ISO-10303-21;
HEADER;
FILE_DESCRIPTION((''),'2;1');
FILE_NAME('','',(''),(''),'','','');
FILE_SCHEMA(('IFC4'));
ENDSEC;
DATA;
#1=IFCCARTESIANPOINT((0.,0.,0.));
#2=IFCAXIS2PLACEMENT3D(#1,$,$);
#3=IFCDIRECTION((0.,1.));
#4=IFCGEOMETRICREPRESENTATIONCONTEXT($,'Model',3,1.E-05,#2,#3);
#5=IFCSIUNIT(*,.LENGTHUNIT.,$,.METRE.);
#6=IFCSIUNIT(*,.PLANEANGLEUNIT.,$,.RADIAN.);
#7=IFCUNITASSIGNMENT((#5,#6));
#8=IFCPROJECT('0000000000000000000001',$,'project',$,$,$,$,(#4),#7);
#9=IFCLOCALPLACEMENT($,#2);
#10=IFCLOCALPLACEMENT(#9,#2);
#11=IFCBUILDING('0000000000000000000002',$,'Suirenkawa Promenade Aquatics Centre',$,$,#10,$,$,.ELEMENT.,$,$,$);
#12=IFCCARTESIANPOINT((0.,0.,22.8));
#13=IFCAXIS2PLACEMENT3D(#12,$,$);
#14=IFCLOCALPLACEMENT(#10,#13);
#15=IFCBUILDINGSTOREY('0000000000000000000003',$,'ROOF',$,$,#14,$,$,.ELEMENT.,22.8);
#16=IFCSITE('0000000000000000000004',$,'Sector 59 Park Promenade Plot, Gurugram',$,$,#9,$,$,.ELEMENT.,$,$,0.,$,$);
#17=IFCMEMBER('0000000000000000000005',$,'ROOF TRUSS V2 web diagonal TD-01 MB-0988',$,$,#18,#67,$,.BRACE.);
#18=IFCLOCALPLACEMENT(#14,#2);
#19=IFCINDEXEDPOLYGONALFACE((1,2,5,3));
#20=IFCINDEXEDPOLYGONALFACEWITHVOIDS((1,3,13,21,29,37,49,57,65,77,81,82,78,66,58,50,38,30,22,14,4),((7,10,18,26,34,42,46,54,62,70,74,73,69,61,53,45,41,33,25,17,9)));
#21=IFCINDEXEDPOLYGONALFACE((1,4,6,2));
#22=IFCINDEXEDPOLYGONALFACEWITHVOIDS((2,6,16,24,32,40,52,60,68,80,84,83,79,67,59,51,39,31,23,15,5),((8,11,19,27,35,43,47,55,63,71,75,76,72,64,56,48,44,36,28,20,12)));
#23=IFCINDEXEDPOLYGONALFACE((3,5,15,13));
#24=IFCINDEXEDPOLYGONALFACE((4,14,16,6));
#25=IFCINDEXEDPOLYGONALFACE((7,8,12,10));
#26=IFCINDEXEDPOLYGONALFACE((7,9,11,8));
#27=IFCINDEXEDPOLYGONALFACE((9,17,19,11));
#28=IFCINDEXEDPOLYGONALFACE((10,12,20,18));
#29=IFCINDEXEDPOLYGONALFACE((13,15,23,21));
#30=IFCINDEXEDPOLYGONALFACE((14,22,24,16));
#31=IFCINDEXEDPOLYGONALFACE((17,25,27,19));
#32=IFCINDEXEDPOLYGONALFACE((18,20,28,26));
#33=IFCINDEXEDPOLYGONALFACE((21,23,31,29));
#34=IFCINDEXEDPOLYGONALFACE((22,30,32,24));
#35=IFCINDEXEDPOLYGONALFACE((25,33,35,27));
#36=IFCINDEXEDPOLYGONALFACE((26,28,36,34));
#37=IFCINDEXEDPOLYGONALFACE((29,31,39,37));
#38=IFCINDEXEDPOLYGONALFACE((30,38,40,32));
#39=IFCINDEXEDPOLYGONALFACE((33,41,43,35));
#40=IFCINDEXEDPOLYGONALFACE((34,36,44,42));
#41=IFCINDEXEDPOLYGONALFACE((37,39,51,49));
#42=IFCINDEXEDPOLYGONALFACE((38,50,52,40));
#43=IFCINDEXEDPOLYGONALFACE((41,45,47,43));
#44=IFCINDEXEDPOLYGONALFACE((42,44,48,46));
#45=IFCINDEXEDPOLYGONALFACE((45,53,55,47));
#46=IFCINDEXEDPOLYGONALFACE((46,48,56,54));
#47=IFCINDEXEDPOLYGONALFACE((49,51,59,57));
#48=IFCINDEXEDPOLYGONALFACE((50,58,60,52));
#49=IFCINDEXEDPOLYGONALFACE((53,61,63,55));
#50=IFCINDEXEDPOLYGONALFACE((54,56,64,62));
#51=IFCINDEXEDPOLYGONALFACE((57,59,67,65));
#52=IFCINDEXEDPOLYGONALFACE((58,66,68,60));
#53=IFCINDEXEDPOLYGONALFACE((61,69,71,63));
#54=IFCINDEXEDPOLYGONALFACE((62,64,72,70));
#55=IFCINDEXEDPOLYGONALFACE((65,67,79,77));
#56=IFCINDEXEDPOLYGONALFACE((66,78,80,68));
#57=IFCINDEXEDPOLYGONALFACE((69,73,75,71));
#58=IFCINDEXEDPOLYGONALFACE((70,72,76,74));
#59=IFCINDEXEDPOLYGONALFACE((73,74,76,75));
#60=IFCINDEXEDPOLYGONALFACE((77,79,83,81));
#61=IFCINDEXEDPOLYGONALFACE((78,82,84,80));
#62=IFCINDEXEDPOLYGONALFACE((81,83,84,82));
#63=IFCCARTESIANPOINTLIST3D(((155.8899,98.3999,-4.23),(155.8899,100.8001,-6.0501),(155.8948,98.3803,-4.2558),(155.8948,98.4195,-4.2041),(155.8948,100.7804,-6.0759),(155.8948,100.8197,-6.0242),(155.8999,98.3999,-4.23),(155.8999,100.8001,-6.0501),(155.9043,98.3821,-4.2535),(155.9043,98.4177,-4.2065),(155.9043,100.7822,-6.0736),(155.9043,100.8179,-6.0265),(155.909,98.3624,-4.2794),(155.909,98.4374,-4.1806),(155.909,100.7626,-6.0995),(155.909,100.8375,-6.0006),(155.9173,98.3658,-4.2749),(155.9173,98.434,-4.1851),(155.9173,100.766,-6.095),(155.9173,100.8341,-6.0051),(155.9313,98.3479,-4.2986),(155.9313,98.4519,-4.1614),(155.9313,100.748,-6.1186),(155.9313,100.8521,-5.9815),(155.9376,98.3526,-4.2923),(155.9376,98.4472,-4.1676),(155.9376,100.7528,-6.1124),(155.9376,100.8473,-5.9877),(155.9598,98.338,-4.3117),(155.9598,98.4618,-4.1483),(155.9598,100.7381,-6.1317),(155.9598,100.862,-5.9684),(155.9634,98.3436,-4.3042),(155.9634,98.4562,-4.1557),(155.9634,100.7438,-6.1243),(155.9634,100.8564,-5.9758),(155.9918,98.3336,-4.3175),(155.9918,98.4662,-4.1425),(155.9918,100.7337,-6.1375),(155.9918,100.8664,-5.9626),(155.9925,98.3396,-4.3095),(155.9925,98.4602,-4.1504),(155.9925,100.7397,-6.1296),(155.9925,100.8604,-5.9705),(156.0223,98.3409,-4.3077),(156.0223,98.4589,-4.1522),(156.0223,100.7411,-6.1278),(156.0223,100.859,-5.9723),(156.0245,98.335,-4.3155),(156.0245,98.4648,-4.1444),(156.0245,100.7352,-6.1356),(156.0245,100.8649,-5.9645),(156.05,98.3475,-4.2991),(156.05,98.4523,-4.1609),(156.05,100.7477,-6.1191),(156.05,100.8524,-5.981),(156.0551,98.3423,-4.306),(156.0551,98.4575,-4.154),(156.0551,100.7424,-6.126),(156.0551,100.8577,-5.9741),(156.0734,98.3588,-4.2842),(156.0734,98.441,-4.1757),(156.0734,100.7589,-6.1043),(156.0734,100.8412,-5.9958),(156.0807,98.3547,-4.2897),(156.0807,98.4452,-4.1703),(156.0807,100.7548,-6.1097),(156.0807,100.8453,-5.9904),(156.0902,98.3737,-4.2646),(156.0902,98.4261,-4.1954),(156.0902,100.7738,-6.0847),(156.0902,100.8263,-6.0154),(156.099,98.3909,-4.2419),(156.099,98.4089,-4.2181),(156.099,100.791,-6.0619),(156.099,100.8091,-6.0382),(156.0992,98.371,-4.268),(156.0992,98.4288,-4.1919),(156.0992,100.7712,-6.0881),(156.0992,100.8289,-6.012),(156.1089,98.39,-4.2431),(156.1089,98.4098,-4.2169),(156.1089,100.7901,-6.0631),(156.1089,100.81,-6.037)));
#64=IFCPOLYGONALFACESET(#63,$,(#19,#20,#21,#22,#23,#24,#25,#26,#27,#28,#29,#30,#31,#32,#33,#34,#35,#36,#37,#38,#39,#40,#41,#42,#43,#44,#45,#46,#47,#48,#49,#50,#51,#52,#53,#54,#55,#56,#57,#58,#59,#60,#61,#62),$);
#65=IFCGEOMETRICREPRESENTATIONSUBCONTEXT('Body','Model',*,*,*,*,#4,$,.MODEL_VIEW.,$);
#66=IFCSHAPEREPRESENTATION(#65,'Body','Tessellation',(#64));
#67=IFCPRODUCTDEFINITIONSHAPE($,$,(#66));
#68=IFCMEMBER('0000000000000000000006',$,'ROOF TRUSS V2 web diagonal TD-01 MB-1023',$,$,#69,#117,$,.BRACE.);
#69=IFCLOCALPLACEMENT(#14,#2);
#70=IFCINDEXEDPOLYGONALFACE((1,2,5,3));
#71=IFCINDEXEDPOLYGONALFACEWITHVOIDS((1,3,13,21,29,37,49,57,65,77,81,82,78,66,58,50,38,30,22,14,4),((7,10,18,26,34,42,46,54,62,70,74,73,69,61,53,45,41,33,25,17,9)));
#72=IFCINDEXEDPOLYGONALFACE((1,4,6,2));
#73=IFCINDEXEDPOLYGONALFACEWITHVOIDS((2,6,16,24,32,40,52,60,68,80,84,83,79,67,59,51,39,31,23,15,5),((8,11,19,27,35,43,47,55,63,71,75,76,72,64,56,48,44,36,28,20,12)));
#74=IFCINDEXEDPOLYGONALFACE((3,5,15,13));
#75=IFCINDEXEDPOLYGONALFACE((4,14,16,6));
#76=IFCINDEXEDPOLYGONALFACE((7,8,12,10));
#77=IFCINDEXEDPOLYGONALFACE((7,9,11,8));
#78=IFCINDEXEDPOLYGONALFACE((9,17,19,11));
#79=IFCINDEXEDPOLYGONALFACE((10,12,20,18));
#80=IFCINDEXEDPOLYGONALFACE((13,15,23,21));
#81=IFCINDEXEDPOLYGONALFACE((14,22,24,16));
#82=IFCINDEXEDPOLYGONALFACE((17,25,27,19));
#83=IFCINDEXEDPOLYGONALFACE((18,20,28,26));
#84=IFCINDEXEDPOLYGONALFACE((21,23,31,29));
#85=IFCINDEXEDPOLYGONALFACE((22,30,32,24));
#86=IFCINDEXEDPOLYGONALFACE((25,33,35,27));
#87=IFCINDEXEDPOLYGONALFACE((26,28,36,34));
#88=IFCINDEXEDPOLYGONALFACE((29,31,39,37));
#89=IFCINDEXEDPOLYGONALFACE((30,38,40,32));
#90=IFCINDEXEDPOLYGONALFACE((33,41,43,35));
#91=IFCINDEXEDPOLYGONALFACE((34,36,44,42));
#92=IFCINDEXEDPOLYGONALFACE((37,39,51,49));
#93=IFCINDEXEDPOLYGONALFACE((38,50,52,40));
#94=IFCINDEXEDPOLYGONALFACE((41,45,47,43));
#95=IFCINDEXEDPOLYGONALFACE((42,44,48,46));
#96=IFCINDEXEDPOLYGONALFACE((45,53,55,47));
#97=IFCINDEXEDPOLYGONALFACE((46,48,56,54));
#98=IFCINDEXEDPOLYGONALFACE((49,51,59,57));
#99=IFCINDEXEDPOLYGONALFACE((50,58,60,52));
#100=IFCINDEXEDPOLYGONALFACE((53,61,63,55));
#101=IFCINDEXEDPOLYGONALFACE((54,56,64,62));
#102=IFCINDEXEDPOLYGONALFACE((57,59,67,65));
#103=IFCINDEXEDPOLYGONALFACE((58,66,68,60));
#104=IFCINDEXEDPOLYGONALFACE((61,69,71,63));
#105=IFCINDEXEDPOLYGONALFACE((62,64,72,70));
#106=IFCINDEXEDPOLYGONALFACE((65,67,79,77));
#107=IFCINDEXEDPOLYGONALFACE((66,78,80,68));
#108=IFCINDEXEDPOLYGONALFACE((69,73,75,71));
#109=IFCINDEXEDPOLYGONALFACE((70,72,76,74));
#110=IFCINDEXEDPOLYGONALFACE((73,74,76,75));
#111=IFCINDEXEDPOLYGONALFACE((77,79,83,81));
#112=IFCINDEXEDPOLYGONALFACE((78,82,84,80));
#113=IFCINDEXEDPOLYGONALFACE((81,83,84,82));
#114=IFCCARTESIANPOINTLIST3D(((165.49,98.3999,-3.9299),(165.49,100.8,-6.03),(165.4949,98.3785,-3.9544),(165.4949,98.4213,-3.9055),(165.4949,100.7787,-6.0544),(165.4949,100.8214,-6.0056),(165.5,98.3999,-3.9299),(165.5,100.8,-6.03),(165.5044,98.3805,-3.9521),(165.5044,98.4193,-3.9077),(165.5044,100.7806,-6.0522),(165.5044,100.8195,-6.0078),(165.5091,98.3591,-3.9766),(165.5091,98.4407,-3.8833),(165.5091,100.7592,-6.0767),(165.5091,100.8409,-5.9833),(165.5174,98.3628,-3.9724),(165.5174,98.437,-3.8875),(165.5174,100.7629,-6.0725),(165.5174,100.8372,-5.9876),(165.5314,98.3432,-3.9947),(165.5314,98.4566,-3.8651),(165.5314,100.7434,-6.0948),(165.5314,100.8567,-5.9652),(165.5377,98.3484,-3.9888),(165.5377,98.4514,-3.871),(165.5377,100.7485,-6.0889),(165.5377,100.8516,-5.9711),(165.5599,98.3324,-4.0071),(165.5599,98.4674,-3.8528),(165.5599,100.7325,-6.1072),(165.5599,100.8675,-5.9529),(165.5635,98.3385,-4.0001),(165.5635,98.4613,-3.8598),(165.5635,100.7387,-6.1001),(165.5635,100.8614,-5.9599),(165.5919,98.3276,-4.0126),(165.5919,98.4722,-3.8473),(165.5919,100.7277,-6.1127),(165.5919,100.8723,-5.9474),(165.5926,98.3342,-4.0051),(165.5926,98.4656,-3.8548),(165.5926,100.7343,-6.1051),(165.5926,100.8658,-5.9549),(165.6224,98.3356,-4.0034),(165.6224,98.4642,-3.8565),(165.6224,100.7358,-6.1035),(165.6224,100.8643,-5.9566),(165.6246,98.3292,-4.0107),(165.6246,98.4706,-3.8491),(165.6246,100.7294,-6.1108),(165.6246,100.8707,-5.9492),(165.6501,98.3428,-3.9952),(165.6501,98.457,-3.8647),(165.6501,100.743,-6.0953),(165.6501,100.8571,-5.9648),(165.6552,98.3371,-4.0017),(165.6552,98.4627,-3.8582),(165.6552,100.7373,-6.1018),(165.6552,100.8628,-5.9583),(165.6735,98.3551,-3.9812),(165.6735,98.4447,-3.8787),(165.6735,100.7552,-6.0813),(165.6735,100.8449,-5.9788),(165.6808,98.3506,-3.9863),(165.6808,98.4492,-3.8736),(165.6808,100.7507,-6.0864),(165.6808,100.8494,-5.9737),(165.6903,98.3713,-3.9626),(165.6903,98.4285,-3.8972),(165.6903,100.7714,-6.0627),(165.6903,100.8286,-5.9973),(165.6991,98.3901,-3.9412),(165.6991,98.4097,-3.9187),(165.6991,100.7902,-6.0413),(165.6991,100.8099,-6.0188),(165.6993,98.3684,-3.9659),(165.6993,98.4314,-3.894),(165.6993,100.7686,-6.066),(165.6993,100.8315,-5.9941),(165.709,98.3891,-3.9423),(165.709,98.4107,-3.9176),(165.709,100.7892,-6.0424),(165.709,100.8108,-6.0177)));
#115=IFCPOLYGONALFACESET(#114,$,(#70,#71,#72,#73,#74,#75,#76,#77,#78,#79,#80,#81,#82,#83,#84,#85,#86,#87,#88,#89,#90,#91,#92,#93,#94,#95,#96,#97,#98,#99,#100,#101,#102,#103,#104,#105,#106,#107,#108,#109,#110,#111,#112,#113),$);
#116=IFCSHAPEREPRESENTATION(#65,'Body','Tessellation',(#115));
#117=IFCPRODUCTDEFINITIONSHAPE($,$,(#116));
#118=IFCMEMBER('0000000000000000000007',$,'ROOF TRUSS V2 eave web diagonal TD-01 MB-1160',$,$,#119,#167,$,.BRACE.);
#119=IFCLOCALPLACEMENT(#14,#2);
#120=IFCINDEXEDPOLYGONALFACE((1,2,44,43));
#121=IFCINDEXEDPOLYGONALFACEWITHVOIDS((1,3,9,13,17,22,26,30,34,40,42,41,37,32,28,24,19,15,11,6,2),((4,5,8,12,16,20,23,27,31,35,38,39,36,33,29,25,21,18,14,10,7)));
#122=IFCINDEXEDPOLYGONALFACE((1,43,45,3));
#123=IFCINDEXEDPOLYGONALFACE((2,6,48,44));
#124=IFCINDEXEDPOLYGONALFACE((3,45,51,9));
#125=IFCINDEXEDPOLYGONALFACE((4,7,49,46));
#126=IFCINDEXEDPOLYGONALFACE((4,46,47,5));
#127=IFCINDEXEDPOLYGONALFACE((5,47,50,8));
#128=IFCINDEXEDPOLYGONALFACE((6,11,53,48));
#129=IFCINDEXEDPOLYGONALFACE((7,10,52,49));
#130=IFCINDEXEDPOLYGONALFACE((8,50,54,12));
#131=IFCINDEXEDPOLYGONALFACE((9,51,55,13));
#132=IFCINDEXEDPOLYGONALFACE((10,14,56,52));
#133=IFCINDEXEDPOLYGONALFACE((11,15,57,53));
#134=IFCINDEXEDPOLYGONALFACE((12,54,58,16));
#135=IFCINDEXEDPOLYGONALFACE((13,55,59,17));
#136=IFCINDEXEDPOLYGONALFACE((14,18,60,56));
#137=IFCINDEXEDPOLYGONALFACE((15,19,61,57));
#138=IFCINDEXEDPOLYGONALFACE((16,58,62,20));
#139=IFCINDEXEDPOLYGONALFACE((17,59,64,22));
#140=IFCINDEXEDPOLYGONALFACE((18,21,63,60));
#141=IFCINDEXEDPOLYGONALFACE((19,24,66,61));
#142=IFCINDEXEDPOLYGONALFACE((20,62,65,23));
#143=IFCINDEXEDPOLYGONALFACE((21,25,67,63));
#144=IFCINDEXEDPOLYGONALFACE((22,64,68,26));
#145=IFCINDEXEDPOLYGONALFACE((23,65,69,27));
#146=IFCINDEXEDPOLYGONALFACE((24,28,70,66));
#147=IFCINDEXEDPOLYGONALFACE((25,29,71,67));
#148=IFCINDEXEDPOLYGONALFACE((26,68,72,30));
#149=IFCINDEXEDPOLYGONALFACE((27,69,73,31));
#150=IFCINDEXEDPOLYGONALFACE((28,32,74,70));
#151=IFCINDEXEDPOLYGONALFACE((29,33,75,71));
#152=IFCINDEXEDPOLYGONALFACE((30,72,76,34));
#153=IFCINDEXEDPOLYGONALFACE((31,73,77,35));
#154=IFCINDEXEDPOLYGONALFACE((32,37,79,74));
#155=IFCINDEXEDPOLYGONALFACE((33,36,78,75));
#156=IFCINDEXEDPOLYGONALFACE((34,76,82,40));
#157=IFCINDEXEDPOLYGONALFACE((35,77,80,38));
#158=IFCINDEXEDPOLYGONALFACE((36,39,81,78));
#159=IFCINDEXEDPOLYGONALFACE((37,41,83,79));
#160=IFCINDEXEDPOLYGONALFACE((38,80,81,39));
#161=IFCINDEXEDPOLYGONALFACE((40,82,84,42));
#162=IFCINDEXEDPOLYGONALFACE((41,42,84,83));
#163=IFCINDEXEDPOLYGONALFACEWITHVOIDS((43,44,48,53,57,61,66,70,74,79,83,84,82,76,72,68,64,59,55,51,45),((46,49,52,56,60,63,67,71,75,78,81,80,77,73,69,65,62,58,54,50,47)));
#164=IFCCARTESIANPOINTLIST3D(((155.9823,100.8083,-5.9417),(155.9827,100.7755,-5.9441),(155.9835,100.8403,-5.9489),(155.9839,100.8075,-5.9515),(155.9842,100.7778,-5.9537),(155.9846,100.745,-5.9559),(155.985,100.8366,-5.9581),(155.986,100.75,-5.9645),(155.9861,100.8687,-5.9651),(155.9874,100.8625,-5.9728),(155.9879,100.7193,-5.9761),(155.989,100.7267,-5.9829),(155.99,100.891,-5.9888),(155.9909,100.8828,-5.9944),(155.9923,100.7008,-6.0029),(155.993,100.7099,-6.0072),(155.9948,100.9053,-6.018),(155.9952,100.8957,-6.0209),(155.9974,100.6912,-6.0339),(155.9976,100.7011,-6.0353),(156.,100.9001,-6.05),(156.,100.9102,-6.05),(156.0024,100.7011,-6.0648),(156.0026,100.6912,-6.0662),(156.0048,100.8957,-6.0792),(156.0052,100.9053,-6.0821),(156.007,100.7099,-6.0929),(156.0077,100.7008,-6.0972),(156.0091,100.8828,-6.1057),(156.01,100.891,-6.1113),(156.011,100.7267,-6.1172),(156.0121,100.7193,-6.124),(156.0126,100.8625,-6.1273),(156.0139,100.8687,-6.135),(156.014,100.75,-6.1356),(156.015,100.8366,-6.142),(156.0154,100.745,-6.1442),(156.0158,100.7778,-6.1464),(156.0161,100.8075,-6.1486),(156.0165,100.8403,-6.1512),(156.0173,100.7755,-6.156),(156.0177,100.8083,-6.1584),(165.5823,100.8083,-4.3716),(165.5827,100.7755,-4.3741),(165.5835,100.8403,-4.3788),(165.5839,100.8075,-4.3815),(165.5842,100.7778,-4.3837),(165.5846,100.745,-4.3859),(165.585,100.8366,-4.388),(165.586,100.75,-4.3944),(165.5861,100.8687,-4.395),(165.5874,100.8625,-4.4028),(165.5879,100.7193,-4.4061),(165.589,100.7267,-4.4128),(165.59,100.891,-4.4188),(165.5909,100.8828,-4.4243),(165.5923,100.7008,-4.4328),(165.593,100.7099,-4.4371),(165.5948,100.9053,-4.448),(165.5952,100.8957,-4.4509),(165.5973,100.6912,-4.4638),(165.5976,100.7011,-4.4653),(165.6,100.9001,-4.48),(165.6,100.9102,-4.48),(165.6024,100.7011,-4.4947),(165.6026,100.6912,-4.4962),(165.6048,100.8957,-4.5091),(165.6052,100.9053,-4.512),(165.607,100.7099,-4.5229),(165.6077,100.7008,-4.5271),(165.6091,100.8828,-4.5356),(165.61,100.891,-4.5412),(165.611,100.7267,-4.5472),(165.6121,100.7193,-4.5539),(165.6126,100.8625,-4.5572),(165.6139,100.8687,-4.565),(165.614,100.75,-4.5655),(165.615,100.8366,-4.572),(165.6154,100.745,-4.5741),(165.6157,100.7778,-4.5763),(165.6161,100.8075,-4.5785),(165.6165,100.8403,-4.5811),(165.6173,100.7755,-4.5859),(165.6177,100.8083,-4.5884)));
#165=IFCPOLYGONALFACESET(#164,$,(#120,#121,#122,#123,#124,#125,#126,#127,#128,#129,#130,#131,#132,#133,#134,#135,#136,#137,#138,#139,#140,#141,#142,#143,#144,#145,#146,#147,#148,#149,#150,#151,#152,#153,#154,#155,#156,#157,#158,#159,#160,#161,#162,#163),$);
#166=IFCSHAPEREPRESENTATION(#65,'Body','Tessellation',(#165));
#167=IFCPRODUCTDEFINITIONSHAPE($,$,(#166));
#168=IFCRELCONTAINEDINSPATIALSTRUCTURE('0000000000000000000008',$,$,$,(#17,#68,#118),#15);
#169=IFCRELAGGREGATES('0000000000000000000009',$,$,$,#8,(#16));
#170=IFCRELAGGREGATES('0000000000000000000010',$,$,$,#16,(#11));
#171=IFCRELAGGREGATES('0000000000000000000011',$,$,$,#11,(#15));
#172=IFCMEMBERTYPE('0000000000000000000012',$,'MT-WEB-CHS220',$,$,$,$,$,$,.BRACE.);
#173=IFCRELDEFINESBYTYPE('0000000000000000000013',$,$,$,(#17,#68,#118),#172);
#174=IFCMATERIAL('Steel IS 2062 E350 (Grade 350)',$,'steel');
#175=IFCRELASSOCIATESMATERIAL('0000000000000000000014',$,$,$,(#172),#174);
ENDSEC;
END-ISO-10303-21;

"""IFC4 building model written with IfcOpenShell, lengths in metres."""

from ifc_helpers import new_model, si_unit, direction, frame, origin, origin_2d, place, context, subcontext, project, spatial, hollow_circle, extrude, material, material_profile, profile_set, type_object, element, save


model = new_model("IFC4")

# Units and contexts
model_context = context("Model", 3, precision=1e-05, world=origin(), true_north=direction((0.0, 1.0)))
body_context = subcontext(model_context, "Body", "Model", "MODEL_VIEW")
ifc_project = project(units=[si_unit("LENGTHUNIT", "METRE"), si_unit("PLANEANGLEUNIT", "RADIAN")], contexts=[model_context])

# Site, building, storey
site_placement = place(None, origin())
site = spatial("IfcSite", under=ifc_project, at=site_placement, Name="Sector 59 Park Promenade Plot, Gurugram", CompositionType="ELEMENT", RefElevation=0.0)
building_placement = place(site_placement, origin())
building = spatial("IfcBuilding", under=site, at=building_placement, Name="Suirenkawa Promenade Aquatics Centre", CompositionType="ELEMENT")
storey_placement = place(building_placement, frame((0.0, 0.0, 22.8)))
storey = spatial("IfcBuildingStorey", under=building, at=storey_placement, Name="ROOF", CompositionType="ELEMENT", Elevation=22.8)

# Shared definitions
ifc_material = material(Name="Steel IS 2062 E350 (Grade 350)", Category="steel")

# Members
ifc_material_profile_1 = material_profile(ifc_material, hollow_circle(Radius=0.1101, WallThickness=0.01, at=origin_2d()), Name="CHS 220x10", Category="steel")
ifc_profile_set_1 = profile_set([ifc_material_profile_1], Name="Steel IS 2062 E350 (Grade 350)")
member_type_1 = type_object("IfcMemberType", Name="MT-WEB-CHS220", PredefinedType="BRACE", material=ifc_profile_set_1)
member_1_placement = place(storey_placement, frame((156.0, 98.3999, -4.23), z_axis=(0.0, 0.796808, -0.604232), x_axis=(-1.0, 0.0, 0.0)))
element("IfcMember", 1, at=member_1_placement, inside=storey, type_object=member_type_1, Name="ROOF TRUSS V2 web diagonal TD-01 MB-0988", PredefinedType="BRACE", context=body_context, shape_type="SweptSolid", body=[
    extrude(hollow_circle(Radius=0.1101, WallThickness=0.01, at=origin_2d()), origin(), (0.0, 0.0, 1.0), 3.0122),
])
member_2_placement = place(storey_placement, frame((165.6001, 98.3999, -3.9299), z_axis=(0.0, 0.752581, -0.658499), x_axis=(-1.0, 0.0, 0.0)))
element("IfcMember", 2, at=member_2_placement, inside=storey, type_object=member_type_1, Name="ROOF TRUSS V2 web diagonal TD-01 MB-1023", PredefinedType="BRACE", context=body_context, shape_type="SweptSolid", body=[
    extrude(hollow_circle(Radius=0.1101, WallThickness=0.01, at=origin_2d()), origin(), (0.0, 0.0, 1.0), 3.1892),
])
member_3_placement = place(storey_placement, frame((156.0, 100.8, -6.05), z_axis=(0.986889, 0.0, 0.161403), x_axis=(0.0, 1.0, 0.0)))
element("IfcMember", 3, at=member_3_placement, inside=storey, type_object=member_type_1, Name="ROOF TRUSS V2 eave web diagonal TD-01 MB-1160", PredefinedType="BRACE", context=body_context, shape_type="SweptSolid", body=[
    extrude(hollow_circle(Radius=0.1101, WallThickness=0.01, at=origin_2d()), origin(), (0.0, 0.0, 1.0), 9.7275),
])

save(model, "model.ifc")
